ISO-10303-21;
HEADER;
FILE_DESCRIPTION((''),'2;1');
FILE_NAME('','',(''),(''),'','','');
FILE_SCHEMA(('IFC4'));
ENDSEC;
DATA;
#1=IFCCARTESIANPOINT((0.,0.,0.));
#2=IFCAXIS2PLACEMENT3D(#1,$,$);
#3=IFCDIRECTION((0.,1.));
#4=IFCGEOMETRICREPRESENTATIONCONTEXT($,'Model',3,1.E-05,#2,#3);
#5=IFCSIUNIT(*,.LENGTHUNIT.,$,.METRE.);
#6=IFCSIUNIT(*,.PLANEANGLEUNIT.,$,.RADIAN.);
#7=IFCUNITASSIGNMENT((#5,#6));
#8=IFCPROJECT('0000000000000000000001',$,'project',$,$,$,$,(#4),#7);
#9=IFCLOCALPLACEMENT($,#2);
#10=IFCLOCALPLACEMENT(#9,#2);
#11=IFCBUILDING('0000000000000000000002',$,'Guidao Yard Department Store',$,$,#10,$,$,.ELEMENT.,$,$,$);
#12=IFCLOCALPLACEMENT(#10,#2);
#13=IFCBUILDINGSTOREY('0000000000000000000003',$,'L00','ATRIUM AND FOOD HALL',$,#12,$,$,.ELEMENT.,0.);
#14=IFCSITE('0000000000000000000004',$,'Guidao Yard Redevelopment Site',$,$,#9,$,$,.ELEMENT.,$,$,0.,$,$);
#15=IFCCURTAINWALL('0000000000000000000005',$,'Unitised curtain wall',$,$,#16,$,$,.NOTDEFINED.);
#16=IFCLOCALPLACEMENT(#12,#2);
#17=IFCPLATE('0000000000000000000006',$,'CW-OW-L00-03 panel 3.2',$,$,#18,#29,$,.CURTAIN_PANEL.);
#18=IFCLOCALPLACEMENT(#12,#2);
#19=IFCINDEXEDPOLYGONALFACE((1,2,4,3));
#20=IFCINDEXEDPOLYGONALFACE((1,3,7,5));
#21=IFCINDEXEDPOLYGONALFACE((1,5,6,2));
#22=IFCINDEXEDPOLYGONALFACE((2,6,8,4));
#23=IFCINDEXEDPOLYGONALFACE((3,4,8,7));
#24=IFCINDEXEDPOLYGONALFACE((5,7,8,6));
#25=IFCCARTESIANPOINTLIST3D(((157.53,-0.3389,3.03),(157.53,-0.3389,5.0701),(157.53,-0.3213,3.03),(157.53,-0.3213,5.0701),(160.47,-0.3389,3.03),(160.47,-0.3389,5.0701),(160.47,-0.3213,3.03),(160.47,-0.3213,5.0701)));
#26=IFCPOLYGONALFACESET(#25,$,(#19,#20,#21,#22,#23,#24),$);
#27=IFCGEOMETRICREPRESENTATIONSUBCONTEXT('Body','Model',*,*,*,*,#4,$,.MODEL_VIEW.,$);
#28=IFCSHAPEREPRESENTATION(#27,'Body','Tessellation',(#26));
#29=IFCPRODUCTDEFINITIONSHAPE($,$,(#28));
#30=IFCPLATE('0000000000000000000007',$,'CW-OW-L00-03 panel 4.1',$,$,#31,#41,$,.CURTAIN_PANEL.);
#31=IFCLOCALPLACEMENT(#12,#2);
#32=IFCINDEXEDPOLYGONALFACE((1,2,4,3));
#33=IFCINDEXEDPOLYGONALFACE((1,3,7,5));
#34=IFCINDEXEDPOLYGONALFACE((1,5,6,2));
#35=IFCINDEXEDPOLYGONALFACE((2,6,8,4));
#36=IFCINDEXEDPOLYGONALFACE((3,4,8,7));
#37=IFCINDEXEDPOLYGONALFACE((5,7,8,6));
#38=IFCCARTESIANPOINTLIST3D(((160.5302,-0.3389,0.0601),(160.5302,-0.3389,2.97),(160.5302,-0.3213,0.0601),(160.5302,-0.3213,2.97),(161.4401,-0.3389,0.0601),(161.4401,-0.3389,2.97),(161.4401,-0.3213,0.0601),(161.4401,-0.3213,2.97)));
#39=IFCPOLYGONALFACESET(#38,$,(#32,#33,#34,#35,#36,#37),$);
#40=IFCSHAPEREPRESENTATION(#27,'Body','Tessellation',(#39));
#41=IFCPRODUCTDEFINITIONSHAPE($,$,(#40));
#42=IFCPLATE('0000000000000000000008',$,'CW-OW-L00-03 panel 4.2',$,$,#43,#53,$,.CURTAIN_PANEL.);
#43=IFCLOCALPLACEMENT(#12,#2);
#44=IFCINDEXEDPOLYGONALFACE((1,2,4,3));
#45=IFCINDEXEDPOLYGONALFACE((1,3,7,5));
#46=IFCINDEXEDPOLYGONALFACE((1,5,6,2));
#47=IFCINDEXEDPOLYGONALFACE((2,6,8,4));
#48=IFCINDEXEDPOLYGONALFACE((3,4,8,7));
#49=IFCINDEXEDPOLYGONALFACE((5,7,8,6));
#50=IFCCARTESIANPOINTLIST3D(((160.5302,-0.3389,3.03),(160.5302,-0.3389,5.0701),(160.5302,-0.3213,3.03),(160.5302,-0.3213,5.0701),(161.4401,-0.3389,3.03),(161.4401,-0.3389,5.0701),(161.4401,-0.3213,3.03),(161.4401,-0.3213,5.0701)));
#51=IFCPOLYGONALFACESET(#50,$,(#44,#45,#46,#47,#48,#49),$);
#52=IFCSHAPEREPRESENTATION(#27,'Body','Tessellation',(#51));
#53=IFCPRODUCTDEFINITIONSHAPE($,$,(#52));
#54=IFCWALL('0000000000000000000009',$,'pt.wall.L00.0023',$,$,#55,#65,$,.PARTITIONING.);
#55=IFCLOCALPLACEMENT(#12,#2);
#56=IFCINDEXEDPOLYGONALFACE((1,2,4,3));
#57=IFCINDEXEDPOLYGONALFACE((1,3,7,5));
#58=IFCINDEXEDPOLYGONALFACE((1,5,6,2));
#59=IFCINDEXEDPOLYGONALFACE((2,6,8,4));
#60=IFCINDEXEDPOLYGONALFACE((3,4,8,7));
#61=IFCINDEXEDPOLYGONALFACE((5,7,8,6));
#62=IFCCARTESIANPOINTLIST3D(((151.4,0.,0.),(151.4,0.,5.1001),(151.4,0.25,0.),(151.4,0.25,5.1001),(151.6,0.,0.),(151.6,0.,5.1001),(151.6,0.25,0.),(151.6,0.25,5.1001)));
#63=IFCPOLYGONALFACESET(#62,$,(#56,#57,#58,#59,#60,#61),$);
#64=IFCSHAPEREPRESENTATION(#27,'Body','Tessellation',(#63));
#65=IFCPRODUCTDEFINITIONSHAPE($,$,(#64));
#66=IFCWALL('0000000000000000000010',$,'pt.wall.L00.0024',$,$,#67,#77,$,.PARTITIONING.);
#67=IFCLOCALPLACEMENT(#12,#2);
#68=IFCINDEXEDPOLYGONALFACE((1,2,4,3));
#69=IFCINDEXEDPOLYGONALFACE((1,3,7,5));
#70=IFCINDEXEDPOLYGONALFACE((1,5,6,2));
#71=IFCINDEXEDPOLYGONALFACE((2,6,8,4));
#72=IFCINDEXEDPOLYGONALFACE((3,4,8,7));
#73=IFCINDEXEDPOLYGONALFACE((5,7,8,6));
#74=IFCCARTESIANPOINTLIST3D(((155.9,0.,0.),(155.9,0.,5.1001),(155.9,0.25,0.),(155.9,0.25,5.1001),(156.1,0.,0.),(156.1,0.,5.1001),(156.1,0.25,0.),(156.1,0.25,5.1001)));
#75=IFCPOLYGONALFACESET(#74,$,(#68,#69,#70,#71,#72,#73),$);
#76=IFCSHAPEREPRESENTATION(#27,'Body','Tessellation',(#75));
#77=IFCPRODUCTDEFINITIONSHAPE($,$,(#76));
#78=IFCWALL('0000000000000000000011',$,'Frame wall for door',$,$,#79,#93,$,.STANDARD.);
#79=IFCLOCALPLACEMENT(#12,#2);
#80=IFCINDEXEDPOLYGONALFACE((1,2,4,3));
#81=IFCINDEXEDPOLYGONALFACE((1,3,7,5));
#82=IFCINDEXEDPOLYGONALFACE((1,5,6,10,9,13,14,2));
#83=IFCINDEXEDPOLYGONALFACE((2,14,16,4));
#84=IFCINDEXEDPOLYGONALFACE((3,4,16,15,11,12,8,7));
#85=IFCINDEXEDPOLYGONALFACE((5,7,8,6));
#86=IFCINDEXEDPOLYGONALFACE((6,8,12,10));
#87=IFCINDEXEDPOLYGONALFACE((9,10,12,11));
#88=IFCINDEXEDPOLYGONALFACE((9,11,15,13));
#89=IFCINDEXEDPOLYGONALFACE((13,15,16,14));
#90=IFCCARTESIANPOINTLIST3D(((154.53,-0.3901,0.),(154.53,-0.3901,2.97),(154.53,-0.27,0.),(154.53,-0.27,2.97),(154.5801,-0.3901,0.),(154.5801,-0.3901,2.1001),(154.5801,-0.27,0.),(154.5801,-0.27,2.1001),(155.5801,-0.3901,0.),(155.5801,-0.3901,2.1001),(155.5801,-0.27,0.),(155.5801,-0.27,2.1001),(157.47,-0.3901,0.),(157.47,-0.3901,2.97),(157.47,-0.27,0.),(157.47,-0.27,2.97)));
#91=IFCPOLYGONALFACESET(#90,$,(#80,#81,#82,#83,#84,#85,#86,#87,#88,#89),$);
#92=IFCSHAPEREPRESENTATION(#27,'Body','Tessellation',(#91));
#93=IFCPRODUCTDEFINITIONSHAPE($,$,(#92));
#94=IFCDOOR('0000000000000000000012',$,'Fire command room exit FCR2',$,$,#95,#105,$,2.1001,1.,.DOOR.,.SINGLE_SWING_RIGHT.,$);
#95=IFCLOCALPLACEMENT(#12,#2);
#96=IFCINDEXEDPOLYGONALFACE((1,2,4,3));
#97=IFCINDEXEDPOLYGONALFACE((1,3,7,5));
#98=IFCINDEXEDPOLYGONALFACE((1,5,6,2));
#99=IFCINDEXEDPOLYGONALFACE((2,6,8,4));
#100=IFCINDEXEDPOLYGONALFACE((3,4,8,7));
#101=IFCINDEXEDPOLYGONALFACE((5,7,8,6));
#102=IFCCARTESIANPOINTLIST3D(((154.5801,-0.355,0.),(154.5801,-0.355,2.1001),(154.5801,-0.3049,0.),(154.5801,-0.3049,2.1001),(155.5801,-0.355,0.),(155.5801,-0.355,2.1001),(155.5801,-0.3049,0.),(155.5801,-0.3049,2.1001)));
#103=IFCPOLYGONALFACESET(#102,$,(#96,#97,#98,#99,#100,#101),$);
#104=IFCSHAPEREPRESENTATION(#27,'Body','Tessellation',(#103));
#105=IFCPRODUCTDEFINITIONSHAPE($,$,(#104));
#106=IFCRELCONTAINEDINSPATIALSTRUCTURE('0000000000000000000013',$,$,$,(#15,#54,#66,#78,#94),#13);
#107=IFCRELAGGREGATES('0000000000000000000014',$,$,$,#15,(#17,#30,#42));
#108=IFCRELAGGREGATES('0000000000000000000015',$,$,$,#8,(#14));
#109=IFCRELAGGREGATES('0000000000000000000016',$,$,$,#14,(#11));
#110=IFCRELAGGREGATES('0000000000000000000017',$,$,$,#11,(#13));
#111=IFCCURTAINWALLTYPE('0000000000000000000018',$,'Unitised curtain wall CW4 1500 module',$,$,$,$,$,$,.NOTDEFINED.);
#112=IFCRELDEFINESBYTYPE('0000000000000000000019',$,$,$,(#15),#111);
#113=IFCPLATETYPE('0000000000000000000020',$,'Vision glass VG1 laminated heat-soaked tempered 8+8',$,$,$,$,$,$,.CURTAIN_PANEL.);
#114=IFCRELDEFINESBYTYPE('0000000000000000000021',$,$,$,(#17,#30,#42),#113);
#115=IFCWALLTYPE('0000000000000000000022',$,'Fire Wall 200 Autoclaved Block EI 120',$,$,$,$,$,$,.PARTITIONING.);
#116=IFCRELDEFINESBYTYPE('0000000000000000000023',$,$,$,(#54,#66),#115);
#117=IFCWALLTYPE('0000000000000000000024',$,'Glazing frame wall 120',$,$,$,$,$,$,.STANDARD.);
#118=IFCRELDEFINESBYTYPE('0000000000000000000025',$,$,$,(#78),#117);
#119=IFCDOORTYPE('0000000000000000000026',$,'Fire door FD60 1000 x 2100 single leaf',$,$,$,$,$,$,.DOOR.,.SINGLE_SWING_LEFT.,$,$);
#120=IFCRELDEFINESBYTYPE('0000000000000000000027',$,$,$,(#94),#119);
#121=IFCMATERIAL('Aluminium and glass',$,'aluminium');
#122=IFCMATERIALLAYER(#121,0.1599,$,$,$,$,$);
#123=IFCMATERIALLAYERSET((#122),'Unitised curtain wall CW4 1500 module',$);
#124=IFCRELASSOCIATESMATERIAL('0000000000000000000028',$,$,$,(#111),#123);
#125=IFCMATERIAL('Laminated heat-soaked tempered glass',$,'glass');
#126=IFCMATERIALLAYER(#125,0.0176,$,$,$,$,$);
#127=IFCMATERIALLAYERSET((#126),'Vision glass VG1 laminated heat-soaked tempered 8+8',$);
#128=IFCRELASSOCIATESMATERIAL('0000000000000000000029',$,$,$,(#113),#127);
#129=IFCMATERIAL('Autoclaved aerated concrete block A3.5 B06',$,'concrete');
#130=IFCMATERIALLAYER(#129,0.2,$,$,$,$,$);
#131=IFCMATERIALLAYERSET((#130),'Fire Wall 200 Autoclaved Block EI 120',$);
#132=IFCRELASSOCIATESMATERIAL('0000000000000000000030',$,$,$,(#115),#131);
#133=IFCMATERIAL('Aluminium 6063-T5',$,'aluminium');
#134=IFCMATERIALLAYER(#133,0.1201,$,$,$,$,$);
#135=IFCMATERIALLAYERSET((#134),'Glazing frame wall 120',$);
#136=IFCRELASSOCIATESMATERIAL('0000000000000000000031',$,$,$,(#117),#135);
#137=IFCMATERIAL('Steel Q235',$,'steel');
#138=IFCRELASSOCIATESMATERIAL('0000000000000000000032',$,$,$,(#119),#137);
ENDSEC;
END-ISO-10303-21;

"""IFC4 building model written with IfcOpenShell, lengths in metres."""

from ifc_helpers import new_model, si_unit, direction, frame, frame_2d, origin, origin_2d, place, context, subcontext, project, spatial, rectangle, extrude, material, layer, layer_set, type_object, element, fill, aggregate, save


model = new_model("IFC4")

# Units and contexts
model_context = context("Model", 3, precision=1e-05, world=origin(), true_north=direction((0.0, 1.0)))
body_context = subcontext(model_context, "Body", "Model", "MODEL_VIEW")
ifc_project = project(units=[si_unit("LENGTHUNIT", "METRE"), si_unit("PLANEANGLEUNIT", "RADIAN")], contexts=[model_context])

# Site, building, storey
site_placement = place(None, origin())
site = spatial("IfcSite", under=ifc_project, at=site_placement, Name="Guidao Yard Redevelopment Site", CompositionType="ELEMENT", RefElevation=0.0)
building_placement = place(site_placement, origin())
building = spatial("IfcBuilding", under=site, at=building_placement, Name="Guidao Yard Department Store", CompositionType="ELEMENT")
storey_placement = place(building_placement, origin())
storey = spatial("IfcBuildingStorey", under=building, at=storey_placement, Name="L00", Description="ATRIUM AND FOOD HALL", CompositionType="ELEMENT", Elevation=0.0)

# Curtain wall
ifc_material_1 = material(Name="Aluminium and glass", Category="aluminium")
ifc_layer_1 = layer(ifc_material_1, 0.1599)
ifc_layer_set_1 = layer_set([ifc_layer_1], Name="Unitised curtain wall CW4 1500 module")
curtain_wall_type = type_object("IfcCurtainWallType", Name="Unitised curtain wall CW4 1500 module", PredefinedType="NOTDEFINED", material=ifc_layer_set_1)
curtain_wall_placement = place(storey_placement, origin())
curtain_wall = element("IfcCurtainWall", 1, at=curtain_wall_placement, inside=storey, type_object=curtain_wall_type, Name="Unitised curtain wall", PredefinedType="NOTDEFINED")

# Plates
ifc_material_2 = material(Name="Laminated heat-soaked tempered glass", Category="glass")
ifc_layer_2 = layer(ifc_material_2, 0.0176)
ifc_layer_set_2 = layer_set([ifc_layer_2], Name="Vision glass VG1 laminated heat-soaked tempered 8+8")
plate_type_1 = type_object("IfcPlateType", Name="Vision glass VG1 laminated heat-soaked tempered 8+8", PredefinedType="CURTAIN_PANEL", material=ifc_layer_set_2)
plate_1_placement = place(storey_placement, frame((159.0, -0.3301, 3.03), z_axis=(0.0, 0.0, 1.0), x_axis=(-1.0, 0.0, 0.0)))
plate_1 = element("IfcPlate", 2, at=plate_1_placement, type_object=plate_type_1, Name="CW-OW-L00-03 panel 3.2", PredefinedType="CURTAIN_PANEL", context=body_context, shape_type="SweptSolid", body=[
    extrude(rectangle(XDim=2.9399, YDim=0.0176, at=origin_2d()), origin(), (0.0, 0.0, 1.0), 2.04),
])
plate_2_placement = place(storey_placement, frame((160.9851, -0.3301, 0.0601), z_axis=(0.0, 0.0, 1.0), x_axis=(-1.0, 0.0, 0.0)))
plate_2 = element("IfcPlate", 3, at=plate_2_placement, type_object=plate_type_1, Name="CW-OW-L00-03 panel 4.1", PredefinedType="CURTAIN_PANEL", context=body_context, shape_type="SweptSolid", body=[
    extrude(rectangle(XDim=0.9099, YDim=0.0176, at=origin_2d()), origin(), (0.0, 0.0, 1.0), 2.9099),
])
plate_3_placement = place(storey_placement, frame((160.9851, -0.3301, 3.03), z_axis=(0.0, 0.0, 1.0), x_axis=(-1.0, 0.0, 0.0)))
plate_3 = element("IfcPlate", 4, at=plate_3_placement, type_object=plate_type_1, Name="CW-OW-L00-03 panel 4.2", PredefinedType="CURTAIN_PANEL", context=body_context, shape_type="SweptSolid", body=[
    extrude(rectangle(XDim=0.9099, YDim=0.0176, at=origin_2d()), origin(), (0.0, 0.0, 1.0), 2.04),
])
aggregate(curtain_wall, [plate_1, plate_2, plate_3])

# Walls
ifc_material_3 = material(Name="Autoclaved aerated concrete block A3.5 B06", Category="concrete")
ifc_layer_3 = layer(ifc_material_3, 0.2)
ifc_layer_set_3 = layer_set([ifc_layer_3], Name="Fire Wall 200 Autoclaved Block EI 120")
wall_type_1 = type_object("IfcWallType", Name="Fire Wall 200 Autoclaved Block EI 120", PredefinedType="PARTITIONING", material=ifc_layer_set_3)
for number, where, z_axis, x_axis, name in (
    (5, (151.5, 0.0, 0.0), (0.0, 0.0, 1.0), (0.0, 1.0, 0.0), "pt.wall.L00.0023"),
    (6, (156.0, 0.0, 0.0), (0.0, 0.0, 1.0), (0.0, 1.0, 0.0), "pt.wall.L00.0024"),
):
    element("IfcWall", number, at=place(storey_placement, frame(where, z_axis=z_axis, x_axis=x_axis)), inside=storey, type_object=wall_type_1, Name=name, PredefinedType="PARTITIONING", context=body_context, shape_type="SweptSolid", body=[
        extrude(rectangle(XDim=0.25, YDim=0.2, at=frame_2d((0.125, 0.0))), origin(), (0.0, 0.0, 1.0), 5.1001),
    ])

# Wall, opening, door
ifc_material_4 = material(Name="Aluminium 6063-T5", Category="aluminium")
ifc_layer_4 = layer(ifc_material_4, 0.1201)
ifc_layer_set_4 = layer_set([ifc_layer_4], Name="Glazing frame wall 120")
wall_type_2 = type_object("IfcWallType", Name="Glazing frame wall 120", PredefinedType="STANDARD", material=ifc_layer_set_4)
wall_1_placement = place(storey_placement, frame((157.47, -0.3301, 0.0), z_axis=(0.0, 0.0, 1.0), x_axis=(-1.0, 0.0, 0.0)))
wall_1 = element("IfcWall", 7, at=wall_1_placement, inside=storey, type_object=wall_type_2, Name="Frame wall for door", PredefinedType="STANDARD", context=body_context, shape_type="SweptSolid", body=[
    extrude(rectangle(XDim=2.9399, YDim=0.1201, at=frame_2d((1.47, 0.0))), origin(), (0.0, 0.0, 1.0), 2.97),
])
opening_1_placement = place(wall_1_placement, frame((1.8899, 0.0, 0.0)))
opening_1 = element("IfcOpeningElement", 8, at=opening_1_placement, cuts=wall_1, PredefinedType="OPENING", context=body_context, shape_type="SweptSolid", body=[
    extrude(rectangle(XDim=1.0, YDim=2.1001, at=frame_2d((0.5, 1.05))), frame((0.0, 0.0701, 0.0), z_axis=(0.0, -1.0, 0.0), x_axis=(1.0, 0.0, 0.0)), (0.0, 0.0, 1.0), 0.1401),
])
ifc_material_5 = material(Name="Steel Q235", Category="steel")
door_type_1 = type_object("IfcDoorType", Name="Fire door FD60 1000 x 2100 single leaf", OperationType="SINGLE_SWING_LEFT", PredefinedType="DOOR", material=ifc_material_5)
door_1_placement = place(opening_1_placement, origin())
door_1 = element("IfcDoor", 9, at=door_1_placement, inside=storey, type_object=door_type_1, Name="Fire command room exit FCR2", OperationType="SINGLE_SWING_RIGHT", OverallHeight=2.1001, OverallWidth=1.0, PredefinedType="DOOR", context=body_context, shape_type="SweptSolid", body=[
    extrude(rectangle(XDim=1.0, YDim=2.1001, at=frame_2d((0.5, 1.05))), frame((0.0, 0.0249, 0.0), z_axis=(0.0, -1.0, 0.0), x_axis=(1.0, 0.0, 0.0)), (0.0, 0.0, 1.0), 0.05),
])
fill(opening_1, door_1)

save(model, "model.ifc")
